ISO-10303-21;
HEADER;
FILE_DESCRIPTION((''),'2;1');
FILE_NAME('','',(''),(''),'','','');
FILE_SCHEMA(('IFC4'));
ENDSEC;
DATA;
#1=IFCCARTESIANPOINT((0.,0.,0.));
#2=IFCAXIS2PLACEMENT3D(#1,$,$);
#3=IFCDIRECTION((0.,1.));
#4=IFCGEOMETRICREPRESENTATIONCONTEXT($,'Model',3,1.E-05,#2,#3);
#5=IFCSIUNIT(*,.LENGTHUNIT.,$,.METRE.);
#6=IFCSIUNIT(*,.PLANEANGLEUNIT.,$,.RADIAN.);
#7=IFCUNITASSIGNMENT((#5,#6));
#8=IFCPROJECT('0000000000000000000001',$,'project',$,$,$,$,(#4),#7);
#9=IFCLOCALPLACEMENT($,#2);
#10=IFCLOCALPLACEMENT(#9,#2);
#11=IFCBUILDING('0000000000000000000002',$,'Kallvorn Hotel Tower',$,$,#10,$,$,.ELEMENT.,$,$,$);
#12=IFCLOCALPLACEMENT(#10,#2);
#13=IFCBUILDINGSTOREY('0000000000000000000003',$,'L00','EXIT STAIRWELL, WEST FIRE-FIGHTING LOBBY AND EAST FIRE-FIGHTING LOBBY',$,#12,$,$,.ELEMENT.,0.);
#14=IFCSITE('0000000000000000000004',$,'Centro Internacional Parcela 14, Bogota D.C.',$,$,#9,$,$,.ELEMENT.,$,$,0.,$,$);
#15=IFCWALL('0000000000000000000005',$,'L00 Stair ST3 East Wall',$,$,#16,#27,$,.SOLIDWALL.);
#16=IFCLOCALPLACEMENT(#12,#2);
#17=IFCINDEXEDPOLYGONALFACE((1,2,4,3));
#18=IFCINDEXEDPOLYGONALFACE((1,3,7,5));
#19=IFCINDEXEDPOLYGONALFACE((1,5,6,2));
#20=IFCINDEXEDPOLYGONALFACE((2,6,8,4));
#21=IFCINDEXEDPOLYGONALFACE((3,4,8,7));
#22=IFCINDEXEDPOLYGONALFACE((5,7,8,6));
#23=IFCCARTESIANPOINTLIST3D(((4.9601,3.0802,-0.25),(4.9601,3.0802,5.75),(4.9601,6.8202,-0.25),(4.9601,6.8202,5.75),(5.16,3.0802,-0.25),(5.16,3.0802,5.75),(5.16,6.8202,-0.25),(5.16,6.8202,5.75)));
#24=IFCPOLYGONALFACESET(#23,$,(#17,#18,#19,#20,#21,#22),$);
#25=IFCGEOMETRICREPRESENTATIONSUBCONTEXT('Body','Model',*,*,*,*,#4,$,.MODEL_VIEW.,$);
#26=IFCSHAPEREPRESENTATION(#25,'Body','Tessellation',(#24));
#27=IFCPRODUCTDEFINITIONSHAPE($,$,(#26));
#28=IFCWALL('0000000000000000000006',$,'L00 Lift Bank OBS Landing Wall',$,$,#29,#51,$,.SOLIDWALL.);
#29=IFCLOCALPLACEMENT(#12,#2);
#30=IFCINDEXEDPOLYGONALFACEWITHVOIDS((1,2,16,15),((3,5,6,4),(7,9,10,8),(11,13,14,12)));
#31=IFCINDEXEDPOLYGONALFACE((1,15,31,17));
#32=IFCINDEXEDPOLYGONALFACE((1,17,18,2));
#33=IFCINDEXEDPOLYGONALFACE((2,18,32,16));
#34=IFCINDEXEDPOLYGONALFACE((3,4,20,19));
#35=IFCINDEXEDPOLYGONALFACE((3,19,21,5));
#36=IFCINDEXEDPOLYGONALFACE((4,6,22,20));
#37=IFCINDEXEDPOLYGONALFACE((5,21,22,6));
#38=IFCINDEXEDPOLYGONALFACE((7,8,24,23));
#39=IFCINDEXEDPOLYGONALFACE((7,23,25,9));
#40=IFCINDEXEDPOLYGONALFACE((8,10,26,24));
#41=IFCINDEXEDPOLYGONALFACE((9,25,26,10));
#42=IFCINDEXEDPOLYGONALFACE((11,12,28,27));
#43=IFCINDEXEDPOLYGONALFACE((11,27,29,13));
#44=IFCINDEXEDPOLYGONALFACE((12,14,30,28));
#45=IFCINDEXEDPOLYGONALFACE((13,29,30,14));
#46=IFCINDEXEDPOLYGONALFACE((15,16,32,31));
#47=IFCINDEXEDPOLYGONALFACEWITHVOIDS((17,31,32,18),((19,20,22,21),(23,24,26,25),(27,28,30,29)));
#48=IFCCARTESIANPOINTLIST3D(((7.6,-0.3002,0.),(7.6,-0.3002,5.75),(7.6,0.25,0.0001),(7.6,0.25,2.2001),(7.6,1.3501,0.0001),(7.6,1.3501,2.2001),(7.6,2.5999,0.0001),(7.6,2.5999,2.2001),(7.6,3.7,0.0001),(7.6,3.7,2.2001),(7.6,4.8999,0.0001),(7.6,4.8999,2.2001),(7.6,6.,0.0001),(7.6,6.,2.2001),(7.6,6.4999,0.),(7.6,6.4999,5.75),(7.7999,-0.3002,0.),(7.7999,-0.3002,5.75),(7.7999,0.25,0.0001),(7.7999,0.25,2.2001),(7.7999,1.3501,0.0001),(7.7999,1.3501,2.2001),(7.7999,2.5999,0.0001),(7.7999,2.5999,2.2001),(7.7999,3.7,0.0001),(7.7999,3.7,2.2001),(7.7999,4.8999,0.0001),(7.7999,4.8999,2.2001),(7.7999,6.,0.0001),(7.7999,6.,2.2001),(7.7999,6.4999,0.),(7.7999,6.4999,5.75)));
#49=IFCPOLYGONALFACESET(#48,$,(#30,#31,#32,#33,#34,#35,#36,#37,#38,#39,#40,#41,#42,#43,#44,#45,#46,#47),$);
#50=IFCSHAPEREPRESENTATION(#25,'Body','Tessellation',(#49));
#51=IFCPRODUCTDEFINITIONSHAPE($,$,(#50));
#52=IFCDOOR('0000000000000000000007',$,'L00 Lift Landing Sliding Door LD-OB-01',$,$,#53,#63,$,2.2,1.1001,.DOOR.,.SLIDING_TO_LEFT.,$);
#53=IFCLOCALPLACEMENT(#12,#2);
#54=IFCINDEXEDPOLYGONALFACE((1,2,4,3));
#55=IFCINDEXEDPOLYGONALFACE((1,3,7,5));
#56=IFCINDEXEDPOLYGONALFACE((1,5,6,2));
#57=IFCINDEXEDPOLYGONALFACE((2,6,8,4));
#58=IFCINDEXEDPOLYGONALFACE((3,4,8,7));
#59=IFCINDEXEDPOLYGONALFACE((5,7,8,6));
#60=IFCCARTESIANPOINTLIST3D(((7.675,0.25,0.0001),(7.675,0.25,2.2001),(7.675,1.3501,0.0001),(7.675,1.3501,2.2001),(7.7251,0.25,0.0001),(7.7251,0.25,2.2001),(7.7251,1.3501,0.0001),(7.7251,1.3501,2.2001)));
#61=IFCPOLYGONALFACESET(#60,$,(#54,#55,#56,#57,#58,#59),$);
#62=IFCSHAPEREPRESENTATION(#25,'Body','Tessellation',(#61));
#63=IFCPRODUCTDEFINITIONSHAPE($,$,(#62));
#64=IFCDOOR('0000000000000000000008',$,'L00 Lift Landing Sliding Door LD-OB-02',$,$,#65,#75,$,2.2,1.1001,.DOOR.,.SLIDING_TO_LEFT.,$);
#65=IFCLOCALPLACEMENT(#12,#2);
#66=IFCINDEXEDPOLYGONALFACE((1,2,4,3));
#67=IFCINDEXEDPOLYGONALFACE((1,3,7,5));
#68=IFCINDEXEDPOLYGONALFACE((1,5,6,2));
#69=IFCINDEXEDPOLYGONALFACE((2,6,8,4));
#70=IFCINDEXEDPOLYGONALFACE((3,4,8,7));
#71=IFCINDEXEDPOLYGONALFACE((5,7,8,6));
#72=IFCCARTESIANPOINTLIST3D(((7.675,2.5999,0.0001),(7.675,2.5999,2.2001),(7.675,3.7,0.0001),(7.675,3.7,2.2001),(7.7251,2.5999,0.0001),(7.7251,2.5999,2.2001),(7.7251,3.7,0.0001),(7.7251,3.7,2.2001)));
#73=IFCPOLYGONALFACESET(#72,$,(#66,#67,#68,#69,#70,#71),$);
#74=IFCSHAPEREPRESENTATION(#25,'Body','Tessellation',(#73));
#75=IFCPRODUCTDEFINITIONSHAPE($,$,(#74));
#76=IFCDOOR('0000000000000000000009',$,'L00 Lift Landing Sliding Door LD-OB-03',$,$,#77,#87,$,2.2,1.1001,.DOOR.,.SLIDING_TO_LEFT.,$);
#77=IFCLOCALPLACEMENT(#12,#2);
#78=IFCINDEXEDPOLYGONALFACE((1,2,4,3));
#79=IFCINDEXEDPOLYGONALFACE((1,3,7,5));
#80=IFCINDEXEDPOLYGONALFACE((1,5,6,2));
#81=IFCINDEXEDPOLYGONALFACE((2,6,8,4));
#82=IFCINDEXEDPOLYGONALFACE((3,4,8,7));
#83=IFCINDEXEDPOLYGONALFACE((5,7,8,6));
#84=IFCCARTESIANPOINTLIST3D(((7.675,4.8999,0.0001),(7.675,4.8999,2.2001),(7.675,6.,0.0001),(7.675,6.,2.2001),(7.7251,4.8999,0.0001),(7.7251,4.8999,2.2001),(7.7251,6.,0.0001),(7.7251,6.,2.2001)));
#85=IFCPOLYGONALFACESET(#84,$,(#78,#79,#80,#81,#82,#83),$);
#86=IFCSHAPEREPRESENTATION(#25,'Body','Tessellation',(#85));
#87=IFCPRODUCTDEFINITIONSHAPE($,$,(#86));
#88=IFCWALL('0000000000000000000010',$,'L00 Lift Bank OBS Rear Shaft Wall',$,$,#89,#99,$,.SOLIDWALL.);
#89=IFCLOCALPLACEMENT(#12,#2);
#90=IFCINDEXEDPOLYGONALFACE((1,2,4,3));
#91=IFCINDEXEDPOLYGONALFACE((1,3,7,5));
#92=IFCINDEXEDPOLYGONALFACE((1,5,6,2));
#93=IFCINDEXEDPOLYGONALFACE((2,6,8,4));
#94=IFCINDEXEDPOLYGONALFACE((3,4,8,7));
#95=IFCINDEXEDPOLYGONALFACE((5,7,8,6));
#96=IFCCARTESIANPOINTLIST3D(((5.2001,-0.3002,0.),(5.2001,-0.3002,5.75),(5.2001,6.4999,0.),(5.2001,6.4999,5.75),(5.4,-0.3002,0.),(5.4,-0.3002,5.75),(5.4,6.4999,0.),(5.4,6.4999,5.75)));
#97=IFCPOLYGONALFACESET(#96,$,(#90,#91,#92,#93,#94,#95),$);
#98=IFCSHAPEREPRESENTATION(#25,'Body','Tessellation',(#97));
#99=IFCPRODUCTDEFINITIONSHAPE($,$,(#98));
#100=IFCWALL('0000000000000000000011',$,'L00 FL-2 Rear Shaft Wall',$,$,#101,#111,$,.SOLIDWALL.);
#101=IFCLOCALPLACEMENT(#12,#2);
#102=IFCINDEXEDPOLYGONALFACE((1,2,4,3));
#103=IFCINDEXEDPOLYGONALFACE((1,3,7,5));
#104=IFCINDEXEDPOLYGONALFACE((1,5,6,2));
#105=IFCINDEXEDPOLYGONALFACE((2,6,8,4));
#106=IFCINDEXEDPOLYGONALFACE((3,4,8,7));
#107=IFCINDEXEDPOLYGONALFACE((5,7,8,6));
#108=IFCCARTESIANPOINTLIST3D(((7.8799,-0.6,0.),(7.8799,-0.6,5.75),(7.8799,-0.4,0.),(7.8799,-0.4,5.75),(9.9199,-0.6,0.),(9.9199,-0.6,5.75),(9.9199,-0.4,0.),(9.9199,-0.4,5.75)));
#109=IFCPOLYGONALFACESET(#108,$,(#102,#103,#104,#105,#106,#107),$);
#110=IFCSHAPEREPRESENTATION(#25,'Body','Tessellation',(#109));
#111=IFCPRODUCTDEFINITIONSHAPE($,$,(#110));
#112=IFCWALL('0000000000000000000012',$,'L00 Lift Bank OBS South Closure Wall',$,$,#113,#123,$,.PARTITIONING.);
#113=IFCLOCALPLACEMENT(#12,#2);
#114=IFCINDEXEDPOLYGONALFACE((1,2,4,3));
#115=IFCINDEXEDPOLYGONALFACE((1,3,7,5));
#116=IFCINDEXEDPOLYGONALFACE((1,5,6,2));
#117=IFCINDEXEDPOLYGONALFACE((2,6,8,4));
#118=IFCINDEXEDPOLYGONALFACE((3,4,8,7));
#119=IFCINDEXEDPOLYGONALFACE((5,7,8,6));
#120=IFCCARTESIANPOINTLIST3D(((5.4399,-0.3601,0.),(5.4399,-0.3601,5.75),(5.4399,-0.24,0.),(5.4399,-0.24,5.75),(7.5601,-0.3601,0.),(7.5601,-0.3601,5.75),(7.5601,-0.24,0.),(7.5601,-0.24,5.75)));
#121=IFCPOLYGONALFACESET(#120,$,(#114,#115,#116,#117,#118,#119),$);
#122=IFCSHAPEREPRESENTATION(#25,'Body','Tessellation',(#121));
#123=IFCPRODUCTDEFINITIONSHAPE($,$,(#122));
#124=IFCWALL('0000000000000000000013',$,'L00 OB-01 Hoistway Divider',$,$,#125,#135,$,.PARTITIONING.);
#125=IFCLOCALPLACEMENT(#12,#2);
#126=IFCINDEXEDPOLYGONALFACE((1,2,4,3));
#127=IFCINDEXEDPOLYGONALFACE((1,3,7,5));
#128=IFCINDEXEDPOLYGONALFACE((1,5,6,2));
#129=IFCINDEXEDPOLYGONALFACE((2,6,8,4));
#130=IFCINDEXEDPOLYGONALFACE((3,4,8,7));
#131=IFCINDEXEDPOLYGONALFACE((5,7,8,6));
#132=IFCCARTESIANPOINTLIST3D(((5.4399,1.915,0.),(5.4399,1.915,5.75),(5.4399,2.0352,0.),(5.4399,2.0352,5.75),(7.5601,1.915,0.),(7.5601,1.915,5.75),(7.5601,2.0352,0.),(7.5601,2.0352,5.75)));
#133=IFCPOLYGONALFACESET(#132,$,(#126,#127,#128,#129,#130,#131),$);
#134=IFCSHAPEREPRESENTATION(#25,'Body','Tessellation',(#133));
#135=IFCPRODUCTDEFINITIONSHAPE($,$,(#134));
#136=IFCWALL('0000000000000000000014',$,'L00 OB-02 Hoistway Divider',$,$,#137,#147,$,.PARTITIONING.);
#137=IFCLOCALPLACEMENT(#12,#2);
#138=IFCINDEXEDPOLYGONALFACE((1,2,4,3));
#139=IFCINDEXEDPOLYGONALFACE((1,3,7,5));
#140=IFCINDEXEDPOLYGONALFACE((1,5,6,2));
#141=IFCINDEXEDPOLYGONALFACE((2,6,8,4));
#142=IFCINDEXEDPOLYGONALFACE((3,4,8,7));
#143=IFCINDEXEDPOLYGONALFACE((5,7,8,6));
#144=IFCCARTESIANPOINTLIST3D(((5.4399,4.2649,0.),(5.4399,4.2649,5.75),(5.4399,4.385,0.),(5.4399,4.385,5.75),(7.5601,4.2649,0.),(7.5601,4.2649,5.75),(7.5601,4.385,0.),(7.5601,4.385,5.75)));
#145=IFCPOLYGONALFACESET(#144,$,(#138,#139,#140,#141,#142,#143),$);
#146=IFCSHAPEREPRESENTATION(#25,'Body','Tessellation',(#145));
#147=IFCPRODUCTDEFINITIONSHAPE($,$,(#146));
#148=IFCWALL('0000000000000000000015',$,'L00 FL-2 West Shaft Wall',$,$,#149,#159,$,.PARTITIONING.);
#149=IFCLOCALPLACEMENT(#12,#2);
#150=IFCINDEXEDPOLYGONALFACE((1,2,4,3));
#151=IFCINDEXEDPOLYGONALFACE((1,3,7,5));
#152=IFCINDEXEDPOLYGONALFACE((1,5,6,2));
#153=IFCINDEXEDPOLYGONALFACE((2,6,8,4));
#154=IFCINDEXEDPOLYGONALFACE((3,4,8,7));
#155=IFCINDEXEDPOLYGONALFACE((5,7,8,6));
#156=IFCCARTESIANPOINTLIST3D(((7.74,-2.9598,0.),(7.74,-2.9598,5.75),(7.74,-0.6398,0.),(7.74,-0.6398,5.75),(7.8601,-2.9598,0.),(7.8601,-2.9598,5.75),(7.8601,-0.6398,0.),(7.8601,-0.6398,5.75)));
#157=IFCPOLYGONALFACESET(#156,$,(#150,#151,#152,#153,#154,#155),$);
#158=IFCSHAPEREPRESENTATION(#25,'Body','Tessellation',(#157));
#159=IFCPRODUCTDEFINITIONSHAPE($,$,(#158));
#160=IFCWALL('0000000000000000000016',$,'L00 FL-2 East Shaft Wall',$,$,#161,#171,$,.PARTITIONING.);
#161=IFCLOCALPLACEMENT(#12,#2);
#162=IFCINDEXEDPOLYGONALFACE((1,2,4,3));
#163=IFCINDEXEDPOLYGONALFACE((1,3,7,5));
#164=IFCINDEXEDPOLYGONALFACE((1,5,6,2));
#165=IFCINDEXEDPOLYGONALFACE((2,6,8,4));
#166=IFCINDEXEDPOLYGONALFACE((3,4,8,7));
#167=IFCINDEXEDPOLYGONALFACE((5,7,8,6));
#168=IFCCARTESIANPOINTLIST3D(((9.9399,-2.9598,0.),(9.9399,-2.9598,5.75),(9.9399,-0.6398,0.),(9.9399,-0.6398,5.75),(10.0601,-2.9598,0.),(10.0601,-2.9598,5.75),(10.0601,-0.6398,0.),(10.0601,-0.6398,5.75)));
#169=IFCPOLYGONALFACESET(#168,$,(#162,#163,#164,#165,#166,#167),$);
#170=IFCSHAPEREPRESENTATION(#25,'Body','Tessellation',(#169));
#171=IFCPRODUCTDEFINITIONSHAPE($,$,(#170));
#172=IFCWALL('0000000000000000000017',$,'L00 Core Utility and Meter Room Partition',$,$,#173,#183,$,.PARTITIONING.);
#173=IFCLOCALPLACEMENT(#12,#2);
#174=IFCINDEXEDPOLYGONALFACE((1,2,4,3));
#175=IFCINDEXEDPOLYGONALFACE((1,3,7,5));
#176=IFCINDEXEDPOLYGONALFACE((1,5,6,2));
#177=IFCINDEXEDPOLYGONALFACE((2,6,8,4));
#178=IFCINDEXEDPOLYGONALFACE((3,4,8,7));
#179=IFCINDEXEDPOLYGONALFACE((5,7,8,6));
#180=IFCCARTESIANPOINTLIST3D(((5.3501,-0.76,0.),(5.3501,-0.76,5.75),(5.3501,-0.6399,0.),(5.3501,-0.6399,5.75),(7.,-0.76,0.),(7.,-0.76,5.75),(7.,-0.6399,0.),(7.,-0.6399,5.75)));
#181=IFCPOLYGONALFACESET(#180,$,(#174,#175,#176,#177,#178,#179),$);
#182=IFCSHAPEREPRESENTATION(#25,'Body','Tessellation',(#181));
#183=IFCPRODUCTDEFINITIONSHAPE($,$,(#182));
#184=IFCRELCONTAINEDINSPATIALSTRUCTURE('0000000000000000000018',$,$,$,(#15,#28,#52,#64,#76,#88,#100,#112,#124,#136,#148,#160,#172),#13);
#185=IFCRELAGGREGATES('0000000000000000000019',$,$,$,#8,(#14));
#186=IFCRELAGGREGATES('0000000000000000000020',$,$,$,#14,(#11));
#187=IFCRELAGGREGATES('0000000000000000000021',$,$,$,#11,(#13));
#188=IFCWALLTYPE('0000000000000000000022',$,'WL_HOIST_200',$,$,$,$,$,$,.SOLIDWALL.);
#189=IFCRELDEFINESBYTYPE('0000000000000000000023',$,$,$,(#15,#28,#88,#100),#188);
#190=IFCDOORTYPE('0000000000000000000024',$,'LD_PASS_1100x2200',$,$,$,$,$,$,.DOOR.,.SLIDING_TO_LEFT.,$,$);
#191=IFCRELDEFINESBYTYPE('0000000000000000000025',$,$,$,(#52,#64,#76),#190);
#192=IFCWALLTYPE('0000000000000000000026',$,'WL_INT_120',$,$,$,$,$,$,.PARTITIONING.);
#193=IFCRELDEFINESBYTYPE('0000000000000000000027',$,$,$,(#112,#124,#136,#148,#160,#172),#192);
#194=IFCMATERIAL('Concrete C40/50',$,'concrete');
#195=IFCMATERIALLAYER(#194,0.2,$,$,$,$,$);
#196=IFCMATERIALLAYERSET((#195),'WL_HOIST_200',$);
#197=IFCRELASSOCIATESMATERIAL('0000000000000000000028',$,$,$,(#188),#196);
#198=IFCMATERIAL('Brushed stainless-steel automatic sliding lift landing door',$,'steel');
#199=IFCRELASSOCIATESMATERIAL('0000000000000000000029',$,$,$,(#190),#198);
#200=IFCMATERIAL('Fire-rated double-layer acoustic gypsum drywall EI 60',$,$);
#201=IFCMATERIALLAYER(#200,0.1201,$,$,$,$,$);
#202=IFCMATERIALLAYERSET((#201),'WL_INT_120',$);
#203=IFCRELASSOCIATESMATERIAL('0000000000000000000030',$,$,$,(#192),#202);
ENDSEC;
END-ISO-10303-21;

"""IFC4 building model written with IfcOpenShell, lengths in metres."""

from ifc_helpers import new_model, si_unit, direction, frame, frame_2d, origin, place, context, subcontext, project, spatial, rectangle, extrude, material, layer, layer_set, type_object, element, fill, save


model = new_model("IFC4")

# Units and contexts
model_context = context("Model", 3, precision=1e-05, world=origin(), true_north=direction((0.0, 1.0)))
body_context = subcontext(model_context, "Body", "Model", "MODEL_VIEW")
ifc_project = project(units=[si_unit("LENGTHUNIT", "METRE"), si_unit("PLANEANGLEUNIT", "RADIAN")], contexts=[model_context])

# Site, building, storey
site_placement = place(None, origin())
site = spatial("IfcSite", under=ifc_project, at=site_placement, Name="Centro Internacional Parcela 14, Bogota D.C.", CompositionType="ELEMENT", RefElevation=0.0)
building_placement = place(site_placement, origin())
building = spatial("IfcBuilding", under=site, at=building_placement, Name="Kallvorn Hotel Tower", CompositionType="ELEMENT")
storey_placement = place(building_placement, origin())
storey = spatial("IfcBuildingStorey", under=building, at=storey_placement, Name="L00", Description="EXIT STAIRWELL, WEST FIRE-FIGHTING LOBBY AND EAST FIRE-FIGHTING LOBBY", CompositionType="ELEMENT", Elevation=0.0)

# Wall
ifc_material_1 = material(Name="Concrete C40/50", Category="concrete")
ifc_layer_1 = layer(ifc_material_1, 0.2)
ifc_layer_set_1 = layer_set([ifc_layer_1], Name="WL_HOIST_200")
wall_type_1 = type_object("IfcWallType", Name="WL_HOIST_200", PredefinedType="SOLIDWALL", material=ifc_layer_set_1)
wall_1_placement = place(storey_placement, frame((5.0601, 3.0801, -0.25), z_axis=(0.0, 0.0, 1.0), x_axis=(0.0, 1.0, 0.0)))
element("IfcWall", 1, at=wall_1_placement, inside=storey, type_object=wall_type_1, Name="L00 Stair ST3 East Wall", PredefinedType="SOLIDWALL", context=body_context, shape_type="SweptSolid", body=[
    extrude(rectangle(XDim=3.74, YDim=0.2, at=frame_2d((1.8701, 0.0))), origin(), (0.0, 0.0, 1.0), 6.0),
])

# Wall, openings, doors
wall_2_placement = place(storey_placement, frame((7.7, -0.3, 0.0), z_axis=(0.0, 0.0, 1.0), x_axis=(0.0, 1.0, 0.0)))
wall_2 = element("IfcWall", 2, at=wall_2_placement, inside=storey, type_object=wall_type_1, Name="L00 Lift Bank OBS Landing Wall", PredefinedType="SOLIDWALL", context=body_context, shape_type="SweptSolid", body=[
    extrude(rectangle(XDim=6.8, YDim=0.2, at=frame_2d((3.3999, 0.0))), origin(), (0.0, 0.0, 1.0), 5.75),
])
opening_1_placement = place(wall_2_placement, frame((0.55, 0.0, 0.0)))
opening_1 = element("IfcOpeningElement", 3, at=opening_1_placement, cuts=wall_2, PredefinedType="OPENING", context=body_context, shape_type="SweptSolid", body=[
    extrude(rectangle(XDim=1.1001, YDim=2.2, at=frame_2d((0.55, 1.1001))), frame((0.0, 0.115, 0.0), z_axis=(0.0, -1.0, 0.0), x_axis=(1.0, 0.0, 0.0)), (0.0, 0.0, 1.0), 0.23),
])
opening_2_placement = place(wall_2_placement, frame((2.8999, 0.0, 0.0)))
opening_2 = element("IfcOpeningElement", 4, at=opening_2_placement, cuts=wall_2, PredefinedType="OPENING", context=body_context, shape_type="SweptSolid", body=[
    extrude(rectangle(XDim=1.1001, YDim=2.2, at=frame_2d((0.55, 1.1001))), frame((0.0, 0.115, 0.0), z_axis=(0.0, -1.0, 0.0), x_axis=(1.0, 0.0, 0.0)), (0.0, 0.0, 1.0), 0.23),
])
opening_3_placement = place(wall_2_placement, frame((5.2, 0.0, 0.0)))
opening_3 = element("IfcOpeningElement", 5, at=opening_3_placement, cuts=wall_2, PredefinedType="OPENING", context=body_context, shape_type="SweptSolid", body=[
    extrude(rectangle(XDim=1.1001, YDim=2.2, at=frame_2d((0.55, 1.1001))), frame((0.0, 0.115, 0.0), z_axis=(0.0, -1.0, 0.0), x_axis=(1.0, 0.0, 0.0)), (0.0, 0.0, 1.0), 0.23),
])
ifc_material_2 = material(Name="Brushed stainless-steel automatic sliding lift landing door", Category="steel")
door_type = type_object("IfcDoorType", Name="LD_PASS_1100x2200", OperationType="SLIDING_TO_LEFT", PredefinedType="DOOR", material=ifc_material_2)
door_1_placement = place(opening_1_placement, origin())
door_1 = element("IfcDoor", 6, at=door_1_placement, inside=storey, type_object=door_type, Name="L00 Lift Landing Sliding Door LD-OB-01", OperationType="SLIDING_TO_LEFT", OverallHeight=2.2, OverallWidth=1.1001, PredefinedType="DOOR", context=body_context, shape_type="SweptSolid", body=[
    extrude(rectangle(XDim=1.1001, YDim=2.2, at=frame_2d((0.55, 1.1001))), frame((0.0, 0.0249, 0.0), z_axis=(0.0, -1.0, 0.0), x_axis=(1.0, 0.0, 0.0)), (0.0, 0.0, 1.0), 0.05),
])
fill(opening_1, door_1)
door_2_placement = place(opening_2_placement, origin())
door_2 = element("IfcDoor", 7, at=door_2_placement, inside=storey, type_object=door_type, Name="L00 Lift Landing Sliding Door LD-OB-02", OperationType="SLIDING_TO_LEFT", OverallHeight=2.2, OverallWidth=1.1001, PredefinedType="DOOR", context=body_context, shape_type="SweptSolid", body=[
    extrude(rectangle(XDim=1.1001, YDim=2.2, at=frame_2d((0.55, 1.1001))), frame((0.0, 0.0249, 0.0), z_axis=(0.0, -1.0, 0.0), x_axis=(1.0, 0.0, 0.0)), (0.0, 0.0, 1.0), 0.05),
])
fill(opening_2, door_2)
door_3_placement = place(opening_3_placement, origin())
door_3 = element("IfcDoor", 8, at=door_3_placement, inside=storey, type_object=door_type, Name="L00 Lift Landing Sliding Door LD-OB-03", OperationType="SLIDING_TO_LEFT", OverallHeight=2.2, OverallWidth=1.1001, PredefinedType="DOOR", context=body_context, shape_type="SweptSolid", body=[
    extrude(rectangle(XDim=1.1001, YDim=2.2, at=frame_2d((0.55, 1.1001))), frame((0.0, 0.0249, 0.0), z_axis=(0.0, -1.0, 0.0), x_axis=(1.0, 0.0, 0.0)), (0.0, 0.0, 1.0), 0.05),
])
fill(opening_3, door_3)

# Walls
wall_3_placement = place(storey_placement, frame((5.3, -0.3, 0.0), z_axis=(0.0, 0.0, 1.0), x_axis=(0.0, 1.0, 0.0)))
element("IfcWall", 9, at=wall_3_placement, inside=storey, type_object=wall_type_1, Name="L00 Lift Bank OBS Rear Shaft Wall", PredefinedType="SOLIDWALL", context=body_context, shape_type="SweptSolid", body=[
    extrude(rectangle(XDim=6.8, YDim=0.2, at=frame_2d((3.3999, 0.0))), origin(), (0.0, 0.0, 1.0), 5.75),
])
wall_4_placement = place(storey_placement, frame((7.8799, -0.5, 0.0), z_axis=(0.0, 0.0, 1.0), x_axis=(1.0, 0.0, 0.0)))
element("IfcWall", 10, at=wall_4_placement, inside=storey, type_object=wall_type_1, Name="L00 FL-2 Rear Shaft Wall", PredefinedType="SOLIDWALL", context=body_context, shape_type="SweptSolid", body=[
    extrude(rectangle(XDim=2.04, YDim=0.2, at=frame_2d((1.02, 0.0))), origin(), (0.0, 0.0, 1.0), 5.75),
])
ifc_material_3 = material(Name="Fire-rated double-layer acoustic gypsum drywall EI 60")
ifc_layer_2 = layer(ifc_material_3, 0.1201)
ifc_layer_set_2 = layer_set([ifc_layer_2], Name="WL_INT_120")
wall_type_2 = type_object("IfcWallType", Name="WL_INT_120", PredefinedType="PARTITIONING", material=ifc_layer_set_2)
for number, where, z_axis, x_axis, name in (
    (11, (5.4399, -0.3, 0.0), (0.0, 0.0, 1.0), (1.0, 0.0, 0.0), "L00 Lift Bank OBS South Closure Wall"),
    (12, (5.4399, 1.9751, 0.0), (0.0, 0.0, 1.0), (1.0, 0.0, 0.0), "L00 OB-01 Hoistway Divider"),
    (13, (5.4399, 4.325, 0.0), (0.0, 0.0, 1.0), (1.0, 0.0, 0.0), "L00 OB-02 Hoistway Divider"),
):
    element("IfcWall", number, at=place(storey_placement, frame(where, z_axis=z_axis, x_axis=x_axis)), inside=storey, type_object=wall_type_2, Name=name, PredefinedType="PARTITIONING", context=body_context, shape_type="SweptSolid", body=[
        extrude(rectangle(XDim=2.1201, YDim=0.1201, at=frame_2d((1.0601, 0.0))), origin(), (0.0, 0.0, 1.0), 5.75),
    ])
for number, where, z_axis, x_axis, name in (
    (14, (7.8, -2.96, 0.0), (0.0, 0.0, 1.0), (0.0, 1.0, 0.0), "L00 FL-2 West Shaft Wall"),
    (15, (10.0, -2.96, 0.0), (0.0, 0.0, 1.0), (0.0, 1.0, 0.0), "L00 FL-2 East Shaft Wall"),
):
    element("IfcWall", number, at=place(storey_placement, frame(where, z_axis=z_axis, x_axis=x_axis)), inside=storey, type_object=wall_type_2, Name=name, PredefinedType="PARTITIONING", context=body_context, shape_type="SweptSolid", body=[
        extrude(rectangle(XDim=2.3201, YDim=0.1201, at=frame_2d((1.1602, 0.0))), origin(), (0.0, 0.0, 1.0), 5.75),
    ])
wall_5_placement = place(storey_placement, frame((5.3501, -0.7, 0.0), z_axis=(0.0, 0.0, 1.0), x_axis=(1.0, 0.0, 0.0)))
element("IfcWall", 16, at=wall_5_placement, inside=storey, type_object=wall_type_2, Name="L00 Core Utility and Meter Room Partition", PredefinedType="PARTITIONING", context=body_context, shape_type="SweptSolid", body=[
    extrude(rectangle(XDim=1.6499, YDim=0.1201, at=frame_2d((0.825, 0.0))), origin(), (0.0, 0.0, 1.0), 5.75),
])

save(model, "model.ifc")
